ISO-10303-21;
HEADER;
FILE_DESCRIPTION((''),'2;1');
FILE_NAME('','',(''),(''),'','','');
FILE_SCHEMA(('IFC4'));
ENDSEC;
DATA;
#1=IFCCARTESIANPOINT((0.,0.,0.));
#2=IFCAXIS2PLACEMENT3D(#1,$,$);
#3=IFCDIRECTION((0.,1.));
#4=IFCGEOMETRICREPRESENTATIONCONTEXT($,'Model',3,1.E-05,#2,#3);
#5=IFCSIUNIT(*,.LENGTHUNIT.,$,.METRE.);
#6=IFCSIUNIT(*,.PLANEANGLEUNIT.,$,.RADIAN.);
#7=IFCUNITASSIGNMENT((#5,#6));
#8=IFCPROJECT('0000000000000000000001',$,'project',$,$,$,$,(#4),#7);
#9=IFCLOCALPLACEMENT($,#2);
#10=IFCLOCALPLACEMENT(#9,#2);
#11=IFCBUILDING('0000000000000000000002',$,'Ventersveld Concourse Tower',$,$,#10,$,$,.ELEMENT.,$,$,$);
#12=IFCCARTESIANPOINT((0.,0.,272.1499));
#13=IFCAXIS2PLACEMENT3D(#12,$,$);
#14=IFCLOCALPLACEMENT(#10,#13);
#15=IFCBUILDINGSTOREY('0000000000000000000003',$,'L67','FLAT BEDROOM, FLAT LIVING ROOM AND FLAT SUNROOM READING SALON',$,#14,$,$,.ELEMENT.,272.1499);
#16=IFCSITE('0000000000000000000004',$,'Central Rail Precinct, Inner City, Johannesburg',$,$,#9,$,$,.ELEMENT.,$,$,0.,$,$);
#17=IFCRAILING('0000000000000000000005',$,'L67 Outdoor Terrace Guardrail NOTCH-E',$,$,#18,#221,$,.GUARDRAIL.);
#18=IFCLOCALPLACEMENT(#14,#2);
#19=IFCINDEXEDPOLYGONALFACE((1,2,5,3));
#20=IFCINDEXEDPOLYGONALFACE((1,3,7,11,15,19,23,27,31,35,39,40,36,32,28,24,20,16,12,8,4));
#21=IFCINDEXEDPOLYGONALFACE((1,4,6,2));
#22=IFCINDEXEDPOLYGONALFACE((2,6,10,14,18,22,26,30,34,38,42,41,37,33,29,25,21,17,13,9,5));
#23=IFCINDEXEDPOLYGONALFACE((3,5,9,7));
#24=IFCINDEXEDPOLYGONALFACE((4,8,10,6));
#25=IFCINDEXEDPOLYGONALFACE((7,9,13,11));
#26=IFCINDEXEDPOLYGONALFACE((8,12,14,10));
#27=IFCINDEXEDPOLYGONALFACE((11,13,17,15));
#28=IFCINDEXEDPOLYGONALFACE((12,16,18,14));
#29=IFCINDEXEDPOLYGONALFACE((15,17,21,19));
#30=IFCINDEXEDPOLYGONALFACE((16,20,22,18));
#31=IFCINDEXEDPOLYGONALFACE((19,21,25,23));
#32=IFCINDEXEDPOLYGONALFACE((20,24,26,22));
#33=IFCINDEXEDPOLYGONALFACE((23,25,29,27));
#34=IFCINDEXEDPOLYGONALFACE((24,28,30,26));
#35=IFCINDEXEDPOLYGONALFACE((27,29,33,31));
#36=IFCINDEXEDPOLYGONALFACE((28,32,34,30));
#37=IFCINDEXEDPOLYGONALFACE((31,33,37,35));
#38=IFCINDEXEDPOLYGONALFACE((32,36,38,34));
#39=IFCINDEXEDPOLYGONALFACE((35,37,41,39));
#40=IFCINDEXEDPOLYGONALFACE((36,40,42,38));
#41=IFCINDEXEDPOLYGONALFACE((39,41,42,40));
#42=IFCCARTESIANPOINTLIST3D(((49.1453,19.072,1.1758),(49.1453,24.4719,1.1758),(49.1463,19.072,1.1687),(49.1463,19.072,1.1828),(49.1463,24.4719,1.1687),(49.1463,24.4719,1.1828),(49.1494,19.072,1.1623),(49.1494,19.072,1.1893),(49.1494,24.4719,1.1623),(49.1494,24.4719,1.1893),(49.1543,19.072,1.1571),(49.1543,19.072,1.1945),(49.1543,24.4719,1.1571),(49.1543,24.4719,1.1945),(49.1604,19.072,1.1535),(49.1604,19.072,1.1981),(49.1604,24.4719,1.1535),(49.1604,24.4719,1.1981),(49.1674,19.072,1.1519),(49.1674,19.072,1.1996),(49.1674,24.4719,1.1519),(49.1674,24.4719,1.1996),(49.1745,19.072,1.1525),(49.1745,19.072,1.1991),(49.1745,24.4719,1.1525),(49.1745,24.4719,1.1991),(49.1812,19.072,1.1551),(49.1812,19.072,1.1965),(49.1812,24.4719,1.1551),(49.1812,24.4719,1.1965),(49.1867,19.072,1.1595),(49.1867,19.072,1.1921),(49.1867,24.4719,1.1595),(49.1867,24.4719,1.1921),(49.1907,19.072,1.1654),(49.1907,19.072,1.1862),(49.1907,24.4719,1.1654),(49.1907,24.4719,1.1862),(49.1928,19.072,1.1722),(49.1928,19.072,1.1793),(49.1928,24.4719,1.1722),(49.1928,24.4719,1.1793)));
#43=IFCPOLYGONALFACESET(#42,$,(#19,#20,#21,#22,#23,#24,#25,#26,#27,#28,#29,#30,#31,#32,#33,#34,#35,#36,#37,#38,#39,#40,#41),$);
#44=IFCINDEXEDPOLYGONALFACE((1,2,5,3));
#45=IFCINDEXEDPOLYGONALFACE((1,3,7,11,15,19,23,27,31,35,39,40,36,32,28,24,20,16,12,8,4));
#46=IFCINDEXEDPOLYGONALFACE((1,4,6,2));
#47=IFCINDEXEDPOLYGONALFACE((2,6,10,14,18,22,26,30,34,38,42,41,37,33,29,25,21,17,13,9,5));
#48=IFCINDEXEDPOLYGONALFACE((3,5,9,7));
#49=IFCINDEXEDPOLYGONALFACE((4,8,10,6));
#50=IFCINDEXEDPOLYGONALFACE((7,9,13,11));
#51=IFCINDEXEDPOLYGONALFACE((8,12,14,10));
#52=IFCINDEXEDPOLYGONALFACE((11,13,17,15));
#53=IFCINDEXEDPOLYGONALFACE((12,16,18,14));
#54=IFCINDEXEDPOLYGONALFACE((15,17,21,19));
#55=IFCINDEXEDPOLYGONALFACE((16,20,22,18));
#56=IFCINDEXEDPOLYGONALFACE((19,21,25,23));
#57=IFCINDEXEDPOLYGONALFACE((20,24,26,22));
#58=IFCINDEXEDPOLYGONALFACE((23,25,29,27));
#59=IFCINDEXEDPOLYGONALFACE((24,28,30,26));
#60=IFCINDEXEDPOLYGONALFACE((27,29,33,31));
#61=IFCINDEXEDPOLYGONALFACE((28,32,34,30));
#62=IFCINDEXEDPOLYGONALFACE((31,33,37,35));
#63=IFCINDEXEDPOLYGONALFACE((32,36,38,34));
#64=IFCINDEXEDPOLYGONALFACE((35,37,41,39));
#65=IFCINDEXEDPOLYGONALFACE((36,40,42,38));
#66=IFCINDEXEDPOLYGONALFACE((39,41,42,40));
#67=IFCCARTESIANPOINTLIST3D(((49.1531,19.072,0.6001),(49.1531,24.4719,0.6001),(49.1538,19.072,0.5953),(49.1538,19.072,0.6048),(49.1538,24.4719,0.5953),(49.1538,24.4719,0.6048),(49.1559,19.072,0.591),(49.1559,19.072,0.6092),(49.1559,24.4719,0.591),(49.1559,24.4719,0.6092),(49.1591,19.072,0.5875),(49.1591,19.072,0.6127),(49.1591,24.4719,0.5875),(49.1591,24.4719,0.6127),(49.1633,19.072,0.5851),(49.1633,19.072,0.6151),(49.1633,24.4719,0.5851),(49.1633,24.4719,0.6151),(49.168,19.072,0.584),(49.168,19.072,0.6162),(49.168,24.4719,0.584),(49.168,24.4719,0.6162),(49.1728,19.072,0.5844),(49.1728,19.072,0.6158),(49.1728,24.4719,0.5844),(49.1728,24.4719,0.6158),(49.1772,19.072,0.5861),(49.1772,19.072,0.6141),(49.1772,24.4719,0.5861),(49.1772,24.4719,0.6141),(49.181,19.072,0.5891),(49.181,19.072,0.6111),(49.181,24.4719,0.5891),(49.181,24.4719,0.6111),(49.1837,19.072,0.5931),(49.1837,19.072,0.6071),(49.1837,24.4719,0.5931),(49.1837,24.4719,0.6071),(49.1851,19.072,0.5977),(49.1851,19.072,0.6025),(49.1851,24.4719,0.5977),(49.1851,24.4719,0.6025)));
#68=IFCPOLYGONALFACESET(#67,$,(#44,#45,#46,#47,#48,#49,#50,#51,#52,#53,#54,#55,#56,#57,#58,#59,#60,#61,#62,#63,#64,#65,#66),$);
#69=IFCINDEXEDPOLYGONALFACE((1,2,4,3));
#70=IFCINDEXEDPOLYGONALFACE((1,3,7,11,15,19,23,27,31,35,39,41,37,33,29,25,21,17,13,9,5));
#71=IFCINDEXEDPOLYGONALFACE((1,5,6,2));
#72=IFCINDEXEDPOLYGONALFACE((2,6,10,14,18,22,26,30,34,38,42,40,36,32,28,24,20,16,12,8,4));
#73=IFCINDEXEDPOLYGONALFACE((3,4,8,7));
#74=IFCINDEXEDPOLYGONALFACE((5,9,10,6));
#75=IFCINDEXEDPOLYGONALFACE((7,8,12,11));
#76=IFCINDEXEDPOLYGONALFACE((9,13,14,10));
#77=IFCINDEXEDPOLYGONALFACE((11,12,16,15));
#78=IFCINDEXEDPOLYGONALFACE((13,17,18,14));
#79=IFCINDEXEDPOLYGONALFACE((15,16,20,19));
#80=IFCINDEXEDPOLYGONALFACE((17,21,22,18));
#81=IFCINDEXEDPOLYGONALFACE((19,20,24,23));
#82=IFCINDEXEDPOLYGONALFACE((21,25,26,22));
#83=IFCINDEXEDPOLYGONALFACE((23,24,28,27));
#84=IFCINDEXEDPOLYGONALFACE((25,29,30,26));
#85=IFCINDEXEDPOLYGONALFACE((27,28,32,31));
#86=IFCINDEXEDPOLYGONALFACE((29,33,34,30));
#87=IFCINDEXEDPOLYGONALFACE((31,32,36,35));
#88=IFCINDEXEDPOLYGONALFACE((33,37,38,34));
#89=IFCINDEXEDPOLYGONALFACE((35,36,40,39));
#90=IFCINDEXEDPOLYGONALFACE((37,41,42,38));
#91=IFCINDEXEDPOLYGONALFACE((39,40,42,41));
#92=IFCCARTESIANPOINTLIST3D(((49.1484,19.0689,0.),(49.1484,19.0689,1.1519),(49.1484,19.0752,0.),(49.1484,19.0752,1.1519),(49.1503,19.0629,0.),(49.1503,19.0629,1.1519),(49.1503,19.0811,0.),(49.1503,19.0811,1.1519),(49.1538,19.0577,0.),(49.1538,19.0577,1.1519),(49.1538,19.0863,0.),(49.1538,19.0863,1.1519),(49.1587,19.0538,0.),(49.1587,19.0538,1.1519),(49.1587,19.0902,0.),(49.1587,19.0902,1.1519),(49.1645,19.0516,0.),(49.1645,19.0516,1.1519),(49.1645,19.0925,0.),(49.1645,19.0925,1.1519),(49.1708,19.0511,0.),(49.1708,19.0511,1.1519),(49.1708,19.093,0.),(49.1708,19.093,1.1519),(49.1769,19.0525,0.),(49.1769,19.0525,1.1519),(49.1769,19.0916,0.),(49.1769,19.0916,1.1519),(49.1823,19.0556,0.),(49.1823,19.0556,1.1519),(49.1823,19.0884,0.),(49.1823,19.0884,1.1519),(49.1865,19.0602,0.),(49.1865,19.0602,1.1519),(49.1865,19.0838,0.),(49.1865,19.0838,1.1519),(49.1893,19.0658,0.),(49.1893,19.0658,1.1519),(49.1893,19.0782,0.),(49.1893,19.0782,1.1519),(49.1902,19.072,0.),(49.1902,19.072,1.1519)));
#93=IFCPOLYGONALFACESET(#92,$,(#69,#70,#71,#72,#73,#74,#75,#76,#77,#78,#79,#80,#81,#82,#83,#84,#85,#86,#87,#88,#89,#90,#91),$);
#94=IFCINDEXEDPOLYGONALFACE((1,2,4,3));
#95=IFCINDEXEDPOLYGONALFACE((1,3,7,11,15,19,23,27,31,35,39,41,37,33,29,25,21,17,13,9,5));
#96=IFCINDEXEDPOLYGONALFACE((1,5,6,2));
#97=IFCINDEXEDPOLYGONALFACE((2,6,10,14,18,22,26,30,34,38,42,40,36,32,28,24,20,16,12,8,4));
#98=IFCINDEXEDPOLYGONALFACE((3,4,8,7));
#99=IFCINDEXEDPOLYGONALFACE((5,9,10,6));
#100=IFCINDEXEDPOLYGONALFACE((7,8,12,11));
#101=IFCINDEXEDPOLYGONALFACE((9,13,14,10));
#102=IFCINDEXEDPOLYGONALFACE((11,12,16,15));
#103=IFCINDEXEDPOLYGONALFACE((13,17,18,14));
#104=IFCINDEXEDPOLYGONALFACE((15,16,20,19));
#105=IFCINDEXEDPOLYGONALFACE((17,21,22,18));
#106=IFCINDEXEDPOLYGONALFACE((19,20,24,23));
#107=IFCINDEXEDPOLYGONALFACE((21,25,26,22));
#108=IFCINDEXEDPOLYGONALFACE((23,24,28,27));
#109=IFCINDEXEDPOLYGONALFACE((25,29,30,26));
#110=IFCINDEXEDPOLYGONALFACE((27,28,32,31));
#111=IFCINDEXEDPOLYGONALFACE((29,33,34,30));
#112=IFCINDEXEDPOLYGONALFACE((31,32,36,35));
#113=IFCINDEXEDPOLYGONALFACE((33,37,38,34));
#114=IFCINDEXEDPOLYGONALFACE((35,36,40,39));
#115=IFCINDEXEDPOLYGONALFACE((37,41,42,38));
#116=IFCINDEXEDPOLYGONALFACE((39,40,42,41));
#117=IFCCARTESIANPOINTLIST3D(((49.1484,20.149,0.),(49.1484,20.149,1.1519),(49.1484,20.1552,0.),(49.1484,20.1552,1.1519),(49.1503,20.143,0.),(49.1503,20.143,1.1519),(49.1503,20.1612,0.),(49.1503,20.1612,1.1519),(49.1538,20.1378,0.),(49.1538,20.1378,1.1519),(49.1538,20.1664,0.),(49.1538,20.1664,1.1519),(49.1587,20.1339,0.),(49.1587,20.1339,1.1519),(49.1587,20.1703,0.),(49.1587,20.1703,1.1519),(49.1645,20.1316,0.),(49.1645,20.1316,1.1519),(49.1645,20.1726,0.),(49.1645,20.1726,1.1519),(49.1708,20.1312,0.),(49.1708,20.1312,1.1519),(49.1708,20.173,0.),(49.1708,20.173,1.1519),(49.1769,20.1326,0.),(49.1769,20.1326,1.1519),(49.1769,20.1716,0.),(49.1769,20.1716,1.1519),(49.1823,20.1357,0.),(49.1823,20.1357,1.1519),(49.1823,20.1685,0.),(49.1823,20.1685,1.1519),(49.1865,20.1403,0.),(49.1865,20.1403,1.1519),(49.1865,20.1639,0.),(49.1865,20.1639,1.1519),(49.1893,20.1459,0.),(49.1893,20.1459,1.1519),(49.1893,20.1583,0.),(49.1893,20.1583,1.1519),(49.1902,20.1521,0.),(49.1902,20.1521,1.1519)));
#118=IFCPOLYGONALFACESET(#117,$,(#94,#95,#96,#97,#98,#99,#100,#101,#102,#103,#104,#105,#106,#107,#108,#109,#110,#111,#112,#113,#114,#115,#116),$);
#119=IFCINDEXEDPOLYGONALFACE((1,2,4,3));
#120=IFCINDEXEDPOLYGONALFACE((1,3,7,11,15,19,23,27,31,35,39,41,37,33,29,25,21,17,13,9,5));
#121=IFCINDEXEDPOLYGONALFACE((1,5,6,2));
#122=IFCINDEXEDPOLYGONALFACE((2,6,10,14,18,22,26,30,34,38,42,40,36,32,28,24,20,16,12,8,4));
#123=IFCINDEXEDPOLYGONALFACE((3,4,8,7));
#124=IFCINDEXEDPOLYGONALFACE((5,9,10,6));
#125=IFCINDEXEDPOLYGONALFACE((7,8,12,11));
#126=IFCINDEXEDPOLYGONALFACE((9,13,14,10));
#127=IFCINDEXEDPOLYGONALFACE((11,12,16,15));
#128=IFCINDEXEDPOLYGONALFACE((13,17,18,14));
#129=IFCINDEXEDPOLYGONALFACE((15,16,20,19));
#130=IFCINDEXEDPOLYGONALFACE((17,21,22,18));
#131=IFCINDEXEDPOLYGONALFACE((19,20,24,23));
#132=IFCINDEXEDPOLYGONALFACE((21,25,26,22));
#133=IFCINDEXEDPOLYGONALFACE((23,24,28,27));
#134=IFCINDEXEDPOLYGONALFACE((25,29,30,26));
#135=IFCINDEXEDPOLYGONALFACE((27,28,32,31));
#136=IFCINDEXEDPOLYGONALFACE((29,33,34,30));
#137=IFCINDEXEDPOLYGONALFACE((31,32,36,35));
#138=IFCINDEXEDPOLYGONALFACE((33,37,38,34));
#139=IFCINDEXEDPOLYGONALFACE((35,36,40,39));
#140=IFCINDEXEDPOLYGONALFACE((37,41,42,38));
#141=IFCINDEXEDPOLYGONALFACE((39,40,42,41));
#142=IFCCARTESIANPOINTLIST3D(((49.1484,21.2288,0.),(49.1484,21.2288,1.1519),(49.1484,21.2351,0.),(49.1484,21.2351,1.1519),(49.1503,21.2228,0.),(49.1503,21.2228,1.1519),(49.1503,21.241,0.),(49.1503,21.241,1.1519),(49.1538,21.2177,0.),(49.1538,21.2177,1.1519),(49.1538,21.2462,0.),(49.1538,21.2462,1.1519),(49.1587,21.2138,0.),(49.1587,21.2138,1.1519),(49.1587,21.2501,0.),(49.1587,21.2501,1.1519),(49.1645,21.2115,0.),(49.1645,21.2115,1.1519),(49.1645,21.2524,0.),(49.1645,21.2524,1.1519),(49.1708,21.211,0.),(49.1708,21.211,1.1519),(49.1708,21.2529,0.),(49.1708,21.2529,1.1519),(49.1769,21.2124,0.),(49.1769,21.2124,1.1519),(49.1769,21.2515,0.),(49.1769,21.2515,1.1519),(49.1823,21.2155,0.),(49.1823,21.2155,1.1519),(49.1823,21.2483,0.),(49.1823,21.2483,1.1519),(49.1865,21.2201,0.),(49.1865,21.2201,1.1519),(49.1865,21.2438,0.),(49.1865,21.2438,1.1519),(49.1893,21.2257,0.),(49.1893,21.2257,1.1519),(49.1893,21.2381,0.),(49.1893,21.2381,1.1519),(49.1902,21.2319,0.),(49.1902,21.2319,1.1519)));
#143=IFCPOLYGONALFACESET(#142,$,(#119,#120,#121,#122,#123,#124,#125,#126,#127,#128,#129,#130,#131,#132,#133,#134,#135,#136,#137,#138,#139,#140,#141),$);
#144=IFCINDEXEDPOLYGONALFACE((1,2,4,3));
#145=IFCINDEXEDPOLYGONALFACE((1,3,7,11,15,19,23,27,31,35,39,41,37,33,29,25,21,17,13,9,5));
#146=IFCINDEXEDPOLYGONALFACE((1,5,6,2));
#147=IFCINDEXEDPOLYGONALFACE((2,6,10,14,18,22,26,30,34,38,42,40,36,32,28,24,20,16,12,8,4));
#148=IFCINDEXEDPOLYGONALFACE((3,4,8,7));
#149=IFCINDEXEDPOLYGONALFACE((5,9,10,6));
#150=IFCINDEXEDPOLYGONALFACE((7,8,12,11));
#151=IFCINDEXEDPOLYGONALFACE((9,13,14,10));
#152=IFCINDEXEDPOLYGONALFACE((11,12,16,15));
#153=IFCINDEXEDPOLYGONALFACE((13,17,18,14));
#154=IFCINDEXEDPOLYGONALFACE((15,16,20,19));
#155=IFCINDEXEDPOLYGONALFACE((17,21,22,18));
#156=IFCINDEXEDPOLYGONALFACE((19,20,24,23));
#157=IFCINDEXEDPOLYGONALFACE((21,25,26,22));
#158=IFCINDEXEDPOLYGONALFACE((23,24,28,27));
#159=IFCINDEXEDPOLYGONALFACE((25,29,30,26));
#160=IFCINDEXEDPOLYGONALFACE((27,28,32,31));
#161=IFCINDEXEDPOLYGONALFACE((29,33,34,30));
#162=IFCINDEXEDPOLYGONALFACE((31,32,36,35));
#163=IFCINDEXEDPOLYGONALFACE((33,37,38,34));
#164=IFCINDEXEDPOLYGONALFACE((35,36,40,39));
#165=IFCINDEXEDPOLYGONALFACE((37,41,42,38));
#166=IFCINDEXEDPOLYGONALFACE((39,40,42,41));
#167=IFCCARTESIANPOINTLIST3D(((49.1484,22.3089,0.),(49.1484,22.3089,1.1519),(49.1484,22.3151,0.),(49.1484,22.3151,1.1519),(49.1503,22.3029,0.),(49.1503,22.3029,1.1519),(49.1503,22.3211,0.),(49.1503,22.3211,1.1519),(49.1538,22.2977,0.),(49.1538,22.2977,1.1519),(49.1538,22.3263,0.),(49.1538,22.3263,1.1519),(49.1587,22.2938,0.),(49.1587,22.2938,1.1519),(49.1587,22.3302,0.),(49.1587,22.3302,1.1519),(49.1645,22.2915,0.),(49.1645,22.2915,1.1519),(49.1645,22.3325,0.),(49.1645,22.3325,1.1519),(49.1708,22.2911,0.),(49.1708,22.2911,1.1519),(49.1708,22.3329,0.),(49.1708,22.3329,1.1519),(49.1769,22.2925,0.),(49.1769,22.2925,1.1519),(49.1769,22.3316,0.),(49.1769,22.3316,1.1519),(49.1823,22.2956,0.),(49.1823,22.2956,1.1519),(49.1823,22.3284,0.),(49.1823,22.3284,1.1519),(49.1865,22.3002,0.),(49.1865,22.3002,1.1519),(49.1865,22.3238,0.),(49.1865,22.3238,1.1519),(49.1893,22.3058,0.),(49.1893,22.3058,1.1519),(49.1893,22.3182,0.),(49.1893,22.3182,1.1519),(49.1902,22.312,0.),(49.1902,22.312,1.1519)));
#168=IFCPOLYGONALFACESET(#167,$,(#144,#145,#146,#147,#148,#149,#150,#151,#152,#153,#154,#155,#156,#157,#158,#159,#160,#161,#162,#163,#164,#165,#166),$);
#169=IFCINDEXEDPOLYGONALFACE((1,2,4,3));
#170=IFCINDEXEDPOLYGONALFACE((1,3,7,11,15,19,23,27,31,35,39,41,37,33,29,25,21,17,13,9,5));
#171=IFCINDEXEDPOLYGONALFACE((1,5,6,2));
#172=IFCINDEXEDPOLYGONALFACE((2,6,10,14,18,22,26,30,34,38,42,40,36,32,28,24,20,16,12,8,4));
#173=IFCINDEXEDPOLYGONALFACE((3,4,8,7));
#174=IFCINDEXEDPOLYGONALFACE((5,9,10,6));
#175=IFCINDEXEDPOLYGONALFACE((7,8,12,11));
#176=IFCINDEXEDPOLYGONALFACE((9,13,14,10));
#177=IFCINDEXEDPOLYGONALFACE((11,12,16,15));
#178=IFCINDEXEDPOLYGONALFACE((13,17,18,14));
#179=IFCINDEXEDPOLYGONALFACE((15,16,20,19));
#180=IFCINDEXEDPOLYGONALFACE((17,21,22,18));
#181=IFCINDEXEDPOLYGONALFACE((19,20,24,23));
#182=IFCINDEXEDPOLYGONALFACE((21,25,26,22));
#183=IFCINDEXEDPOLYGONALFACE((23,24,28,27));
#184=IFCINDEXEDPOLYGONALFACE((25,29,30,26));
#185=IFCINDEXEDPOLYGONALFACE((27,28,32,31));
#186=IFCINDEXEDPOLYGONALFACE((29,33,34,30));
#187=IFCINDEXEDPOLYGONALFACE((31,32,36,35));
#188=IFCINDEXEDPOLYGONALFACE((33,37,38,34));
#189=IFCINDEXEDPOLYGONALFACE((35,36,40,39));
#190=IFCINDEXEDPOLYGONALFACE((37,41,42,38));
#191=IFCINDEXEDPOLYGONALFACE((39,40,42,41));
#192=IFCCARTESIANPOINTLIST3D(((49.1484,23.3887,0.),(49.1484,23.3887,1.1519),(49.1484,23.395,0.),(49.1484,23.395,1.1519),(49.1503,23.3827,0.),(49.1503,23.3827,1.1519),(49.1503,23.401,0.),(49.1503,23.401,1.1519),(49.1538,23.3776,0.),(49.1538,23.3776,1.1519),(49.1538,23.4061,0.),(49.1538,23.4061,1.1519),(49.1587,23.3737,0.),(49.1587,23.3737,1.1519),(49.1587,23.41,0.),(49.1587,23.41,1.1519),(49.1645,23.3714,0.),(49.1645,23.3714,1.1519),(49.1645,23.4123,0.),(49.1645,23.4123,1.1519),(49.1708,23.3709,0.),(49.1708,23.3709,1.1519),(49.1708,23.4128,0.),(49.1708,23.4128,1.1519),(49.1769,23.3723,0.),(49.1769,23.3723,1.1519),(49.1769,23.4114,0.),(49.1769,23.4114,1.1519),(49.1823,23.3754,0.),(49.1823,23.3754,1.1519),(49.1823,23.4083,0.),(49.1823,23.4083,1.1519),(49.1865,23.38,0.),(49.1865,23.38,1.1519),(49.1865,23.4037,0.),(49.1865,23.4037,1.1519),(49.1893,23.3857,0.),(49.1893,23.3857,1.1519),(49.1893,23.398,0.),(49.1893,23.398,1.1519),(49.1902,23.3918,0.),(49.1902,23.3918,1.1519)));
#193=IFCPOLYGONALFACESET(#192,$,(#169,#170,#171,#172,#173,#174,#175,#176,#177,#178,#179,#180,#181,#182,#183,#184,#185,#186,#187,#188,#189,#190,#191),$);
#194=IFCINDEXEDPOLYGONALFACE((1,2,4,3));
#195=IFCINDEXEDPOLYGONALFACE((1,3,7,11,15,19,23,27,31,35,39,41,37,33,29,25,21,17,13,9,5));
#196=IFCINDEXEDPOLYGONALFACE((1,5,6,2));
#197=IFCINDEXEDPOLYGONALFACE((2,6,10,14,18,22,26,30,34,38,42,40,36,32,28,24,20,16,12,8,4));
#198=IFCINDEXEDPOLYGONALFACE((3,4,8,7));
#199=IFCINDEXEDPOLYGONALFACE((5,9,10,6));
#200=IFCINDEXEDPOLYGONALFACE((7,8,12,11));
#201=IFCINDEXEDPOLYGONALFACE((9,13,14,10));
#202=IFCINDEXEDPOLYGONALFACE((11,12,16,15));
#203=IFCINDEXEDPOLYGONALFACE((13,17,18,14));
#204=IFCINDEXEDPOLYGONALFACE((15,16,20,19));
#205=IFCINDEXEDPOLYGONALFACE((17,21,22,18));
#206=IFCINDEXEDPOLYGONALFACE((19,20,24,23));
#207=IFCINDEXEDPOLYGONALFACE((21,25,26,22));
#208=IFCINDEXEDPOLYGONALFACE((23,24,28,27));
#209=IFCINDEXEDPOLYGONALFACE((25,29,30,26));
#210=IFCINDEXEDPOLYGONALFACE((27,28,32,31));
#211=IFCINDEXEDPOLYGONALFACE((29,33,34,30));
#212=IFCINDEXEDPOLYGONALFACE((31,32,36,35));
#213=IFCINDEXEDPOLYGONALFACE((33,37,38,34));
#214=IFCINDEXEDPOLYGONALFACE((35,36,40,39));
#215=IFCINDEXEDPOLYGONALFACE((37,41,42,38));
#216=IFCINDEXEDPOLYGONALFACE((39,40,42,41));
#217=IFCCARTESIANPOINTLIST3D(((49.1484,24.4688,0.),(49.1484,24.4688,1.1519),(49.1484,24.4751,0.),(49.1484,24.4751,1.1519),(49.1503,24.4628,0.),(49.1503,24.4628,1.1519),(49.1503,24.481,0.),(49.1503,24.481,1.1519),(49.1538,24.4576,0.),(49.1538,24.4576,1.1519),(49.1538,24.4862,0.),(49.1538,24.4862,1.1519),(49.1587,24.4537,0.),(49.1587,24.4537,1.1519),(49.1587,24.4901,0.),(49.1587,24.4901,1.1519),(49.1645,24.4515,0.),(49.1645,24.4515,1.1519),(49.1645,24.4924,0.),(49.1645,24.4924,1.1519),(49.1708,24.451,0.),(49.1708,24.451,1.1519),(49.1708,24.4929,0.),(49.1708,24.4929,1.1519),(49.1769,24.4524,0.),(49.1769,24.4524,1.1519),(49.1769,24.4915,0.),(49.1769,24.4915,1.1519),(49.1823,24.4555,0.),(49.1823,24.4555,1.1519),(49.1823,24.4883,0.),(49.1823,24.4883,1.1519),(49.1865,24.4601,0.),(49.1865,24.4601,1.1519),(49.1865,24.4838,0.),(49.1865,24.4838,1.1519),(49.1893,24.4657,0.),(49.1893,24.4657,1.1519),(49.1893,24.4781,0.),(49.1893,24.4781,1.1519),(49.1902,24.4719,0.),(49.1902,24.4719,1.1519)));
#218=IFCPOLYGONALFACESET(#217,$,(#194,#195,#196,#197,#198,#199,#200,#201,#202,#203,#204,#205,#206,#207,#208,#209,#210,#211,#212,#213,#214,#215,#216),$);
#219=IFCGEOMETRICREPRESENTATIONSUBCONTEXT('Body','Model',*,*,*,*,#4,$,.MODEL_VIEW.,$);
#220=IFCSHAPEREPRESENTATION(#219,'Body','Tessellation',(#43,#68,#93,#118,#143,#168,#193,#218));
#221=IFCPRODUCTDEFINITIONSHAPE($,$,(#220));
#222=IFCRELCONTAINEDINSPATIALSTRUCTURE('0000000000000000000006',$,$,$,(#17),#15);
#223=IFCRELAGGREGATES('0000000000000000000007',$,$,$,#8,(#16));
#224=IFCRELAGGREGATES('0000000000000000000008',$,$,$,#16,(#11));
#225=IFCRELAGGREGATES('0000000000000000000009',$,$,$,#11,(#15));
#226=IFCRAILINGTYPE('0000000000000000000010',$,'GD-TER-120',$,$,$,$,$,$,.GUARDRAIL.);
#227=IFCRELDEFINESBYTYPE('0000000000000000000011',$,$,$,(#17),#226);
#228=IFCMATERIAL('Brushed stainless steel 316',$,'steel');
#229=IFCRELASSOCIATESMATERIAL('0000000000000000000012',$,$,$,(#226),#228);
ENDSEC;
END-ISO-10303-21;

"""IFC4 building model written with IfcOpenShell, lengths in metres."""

from ifc_helpers import new_model, si_unit, direction, frame, origin, origin_2d, place, context, subcontext, project, spatial, circle, extrude, material, type_object, element, save


model = new_model("IFC4")

# Units and contexts
model_context = context("Model", 3, precision=1e-05, world=origin(), true_north=direction((0.0, 1.0)))
body_context = subcontext(model_context, "Body", "Model", "MODEL_VIEW")
ifc_project = project(units=[si_unit("LENGTHUNIT", "METRE"), si_unit("PLANEANGLEUNIT", "RADIAN")], contexts=[model_context])

# Site, building, storey
site_placement = place(None, origin())
site = spatial("IfcSite", under=ifc_project, at=site_placement, Name="Central Rail Precinct, Inner City, Johannesburg", CompositionType="ELEMENT", RefElevation=0.0)
building_placement = place(site_placement, origin())
building = spatial("IfcBuilding", under=site, at=building_placement, Name="Ventersveld Concourse Tower", CompositionType="ELEMENT")
storey_placement = place(building_placement, frame((0.0, 0.0, 272.1499)))
storey = spatial("IfcBuildingStorey", under=building, at=storey_placement, Name="L67", Description="FLAT BEDROOM, FLAT LIVING ROOM AND FLAT SUNROOM READING SALON", CompositionType="ELEMENT", Elevation=272.1499)

# Railing
ifc_material_1 = material(Name="Brushed stainless steel 316", Category="steel")
railing_type = type_object("IfcRailingType", Name="GD-TER-120", PredefinedType="GUARDRAIL", material=ifc_material_1)
railing_placement = place(storey_placement, frame((49.1692, 19.072, 0.0)))
element("IfcRailing", 1, at=railing_placement, inside=storey, type_object=railing_type, Name="L67 Outdoor Terrace Guardrail NOTCH-E", PredefinedType="GUARDRAIL", context=body_context, shape_type="SweptSolid", body=[
    extrude(circle(Radius=0.0239, at=origin_2d()), frame((0.0, 0.0, 1.1758), z_axis=(0.0, 1.0, 0.0), x_axis=(-1.0, 0.0, 0.0)), (0.0, 0.0, 1.0), 5.3999),
    extrude(circle(Radius=0.0161, at=origin_2d()), frame((0.0, 0.0, 0.6001), z_axis=(0.0, 1.0, 0.0), x_axis=(-1.0, 0.0, 0.0)), (0.0, 0.0, 1.0), 5.3999),
    extrude(circle(Radius=0.021, at=origin_2d()), origin(), (0.0, 0.0, 1.0), 1.1519),
    extrude(circle(Radius=0.021, at=origin_2d()), frame((0.0, 1.0801, 0.0)), (0.0, 0.0, 1.0), 1.1519),
    extrude(circle(Radius=0.021, at=origin_2d()), frame((0.0, 2.1599, 0.0)), (0.0, 0.0, 1.0), 1.1519),
    extrude(circle(Radius=0.021, at=origin_2d()), frame((0.0, 3.24, 0.0)), (0.0, 0.0, 1.0), 1.1519),
    extrude(circle(Radius=0.021, at=origin_2d()), frame((0.0, 4.3198, 0.0)), (0.0, 0.0, 1.0), 1.1519),
    extrude(circle(Radius=0.021, at=origin_2d()), frame((0.0, 5.3999, 0.0)), (0.0, 0.0, 1.0), 1.1519),
])

save(model, "model.ifc")
